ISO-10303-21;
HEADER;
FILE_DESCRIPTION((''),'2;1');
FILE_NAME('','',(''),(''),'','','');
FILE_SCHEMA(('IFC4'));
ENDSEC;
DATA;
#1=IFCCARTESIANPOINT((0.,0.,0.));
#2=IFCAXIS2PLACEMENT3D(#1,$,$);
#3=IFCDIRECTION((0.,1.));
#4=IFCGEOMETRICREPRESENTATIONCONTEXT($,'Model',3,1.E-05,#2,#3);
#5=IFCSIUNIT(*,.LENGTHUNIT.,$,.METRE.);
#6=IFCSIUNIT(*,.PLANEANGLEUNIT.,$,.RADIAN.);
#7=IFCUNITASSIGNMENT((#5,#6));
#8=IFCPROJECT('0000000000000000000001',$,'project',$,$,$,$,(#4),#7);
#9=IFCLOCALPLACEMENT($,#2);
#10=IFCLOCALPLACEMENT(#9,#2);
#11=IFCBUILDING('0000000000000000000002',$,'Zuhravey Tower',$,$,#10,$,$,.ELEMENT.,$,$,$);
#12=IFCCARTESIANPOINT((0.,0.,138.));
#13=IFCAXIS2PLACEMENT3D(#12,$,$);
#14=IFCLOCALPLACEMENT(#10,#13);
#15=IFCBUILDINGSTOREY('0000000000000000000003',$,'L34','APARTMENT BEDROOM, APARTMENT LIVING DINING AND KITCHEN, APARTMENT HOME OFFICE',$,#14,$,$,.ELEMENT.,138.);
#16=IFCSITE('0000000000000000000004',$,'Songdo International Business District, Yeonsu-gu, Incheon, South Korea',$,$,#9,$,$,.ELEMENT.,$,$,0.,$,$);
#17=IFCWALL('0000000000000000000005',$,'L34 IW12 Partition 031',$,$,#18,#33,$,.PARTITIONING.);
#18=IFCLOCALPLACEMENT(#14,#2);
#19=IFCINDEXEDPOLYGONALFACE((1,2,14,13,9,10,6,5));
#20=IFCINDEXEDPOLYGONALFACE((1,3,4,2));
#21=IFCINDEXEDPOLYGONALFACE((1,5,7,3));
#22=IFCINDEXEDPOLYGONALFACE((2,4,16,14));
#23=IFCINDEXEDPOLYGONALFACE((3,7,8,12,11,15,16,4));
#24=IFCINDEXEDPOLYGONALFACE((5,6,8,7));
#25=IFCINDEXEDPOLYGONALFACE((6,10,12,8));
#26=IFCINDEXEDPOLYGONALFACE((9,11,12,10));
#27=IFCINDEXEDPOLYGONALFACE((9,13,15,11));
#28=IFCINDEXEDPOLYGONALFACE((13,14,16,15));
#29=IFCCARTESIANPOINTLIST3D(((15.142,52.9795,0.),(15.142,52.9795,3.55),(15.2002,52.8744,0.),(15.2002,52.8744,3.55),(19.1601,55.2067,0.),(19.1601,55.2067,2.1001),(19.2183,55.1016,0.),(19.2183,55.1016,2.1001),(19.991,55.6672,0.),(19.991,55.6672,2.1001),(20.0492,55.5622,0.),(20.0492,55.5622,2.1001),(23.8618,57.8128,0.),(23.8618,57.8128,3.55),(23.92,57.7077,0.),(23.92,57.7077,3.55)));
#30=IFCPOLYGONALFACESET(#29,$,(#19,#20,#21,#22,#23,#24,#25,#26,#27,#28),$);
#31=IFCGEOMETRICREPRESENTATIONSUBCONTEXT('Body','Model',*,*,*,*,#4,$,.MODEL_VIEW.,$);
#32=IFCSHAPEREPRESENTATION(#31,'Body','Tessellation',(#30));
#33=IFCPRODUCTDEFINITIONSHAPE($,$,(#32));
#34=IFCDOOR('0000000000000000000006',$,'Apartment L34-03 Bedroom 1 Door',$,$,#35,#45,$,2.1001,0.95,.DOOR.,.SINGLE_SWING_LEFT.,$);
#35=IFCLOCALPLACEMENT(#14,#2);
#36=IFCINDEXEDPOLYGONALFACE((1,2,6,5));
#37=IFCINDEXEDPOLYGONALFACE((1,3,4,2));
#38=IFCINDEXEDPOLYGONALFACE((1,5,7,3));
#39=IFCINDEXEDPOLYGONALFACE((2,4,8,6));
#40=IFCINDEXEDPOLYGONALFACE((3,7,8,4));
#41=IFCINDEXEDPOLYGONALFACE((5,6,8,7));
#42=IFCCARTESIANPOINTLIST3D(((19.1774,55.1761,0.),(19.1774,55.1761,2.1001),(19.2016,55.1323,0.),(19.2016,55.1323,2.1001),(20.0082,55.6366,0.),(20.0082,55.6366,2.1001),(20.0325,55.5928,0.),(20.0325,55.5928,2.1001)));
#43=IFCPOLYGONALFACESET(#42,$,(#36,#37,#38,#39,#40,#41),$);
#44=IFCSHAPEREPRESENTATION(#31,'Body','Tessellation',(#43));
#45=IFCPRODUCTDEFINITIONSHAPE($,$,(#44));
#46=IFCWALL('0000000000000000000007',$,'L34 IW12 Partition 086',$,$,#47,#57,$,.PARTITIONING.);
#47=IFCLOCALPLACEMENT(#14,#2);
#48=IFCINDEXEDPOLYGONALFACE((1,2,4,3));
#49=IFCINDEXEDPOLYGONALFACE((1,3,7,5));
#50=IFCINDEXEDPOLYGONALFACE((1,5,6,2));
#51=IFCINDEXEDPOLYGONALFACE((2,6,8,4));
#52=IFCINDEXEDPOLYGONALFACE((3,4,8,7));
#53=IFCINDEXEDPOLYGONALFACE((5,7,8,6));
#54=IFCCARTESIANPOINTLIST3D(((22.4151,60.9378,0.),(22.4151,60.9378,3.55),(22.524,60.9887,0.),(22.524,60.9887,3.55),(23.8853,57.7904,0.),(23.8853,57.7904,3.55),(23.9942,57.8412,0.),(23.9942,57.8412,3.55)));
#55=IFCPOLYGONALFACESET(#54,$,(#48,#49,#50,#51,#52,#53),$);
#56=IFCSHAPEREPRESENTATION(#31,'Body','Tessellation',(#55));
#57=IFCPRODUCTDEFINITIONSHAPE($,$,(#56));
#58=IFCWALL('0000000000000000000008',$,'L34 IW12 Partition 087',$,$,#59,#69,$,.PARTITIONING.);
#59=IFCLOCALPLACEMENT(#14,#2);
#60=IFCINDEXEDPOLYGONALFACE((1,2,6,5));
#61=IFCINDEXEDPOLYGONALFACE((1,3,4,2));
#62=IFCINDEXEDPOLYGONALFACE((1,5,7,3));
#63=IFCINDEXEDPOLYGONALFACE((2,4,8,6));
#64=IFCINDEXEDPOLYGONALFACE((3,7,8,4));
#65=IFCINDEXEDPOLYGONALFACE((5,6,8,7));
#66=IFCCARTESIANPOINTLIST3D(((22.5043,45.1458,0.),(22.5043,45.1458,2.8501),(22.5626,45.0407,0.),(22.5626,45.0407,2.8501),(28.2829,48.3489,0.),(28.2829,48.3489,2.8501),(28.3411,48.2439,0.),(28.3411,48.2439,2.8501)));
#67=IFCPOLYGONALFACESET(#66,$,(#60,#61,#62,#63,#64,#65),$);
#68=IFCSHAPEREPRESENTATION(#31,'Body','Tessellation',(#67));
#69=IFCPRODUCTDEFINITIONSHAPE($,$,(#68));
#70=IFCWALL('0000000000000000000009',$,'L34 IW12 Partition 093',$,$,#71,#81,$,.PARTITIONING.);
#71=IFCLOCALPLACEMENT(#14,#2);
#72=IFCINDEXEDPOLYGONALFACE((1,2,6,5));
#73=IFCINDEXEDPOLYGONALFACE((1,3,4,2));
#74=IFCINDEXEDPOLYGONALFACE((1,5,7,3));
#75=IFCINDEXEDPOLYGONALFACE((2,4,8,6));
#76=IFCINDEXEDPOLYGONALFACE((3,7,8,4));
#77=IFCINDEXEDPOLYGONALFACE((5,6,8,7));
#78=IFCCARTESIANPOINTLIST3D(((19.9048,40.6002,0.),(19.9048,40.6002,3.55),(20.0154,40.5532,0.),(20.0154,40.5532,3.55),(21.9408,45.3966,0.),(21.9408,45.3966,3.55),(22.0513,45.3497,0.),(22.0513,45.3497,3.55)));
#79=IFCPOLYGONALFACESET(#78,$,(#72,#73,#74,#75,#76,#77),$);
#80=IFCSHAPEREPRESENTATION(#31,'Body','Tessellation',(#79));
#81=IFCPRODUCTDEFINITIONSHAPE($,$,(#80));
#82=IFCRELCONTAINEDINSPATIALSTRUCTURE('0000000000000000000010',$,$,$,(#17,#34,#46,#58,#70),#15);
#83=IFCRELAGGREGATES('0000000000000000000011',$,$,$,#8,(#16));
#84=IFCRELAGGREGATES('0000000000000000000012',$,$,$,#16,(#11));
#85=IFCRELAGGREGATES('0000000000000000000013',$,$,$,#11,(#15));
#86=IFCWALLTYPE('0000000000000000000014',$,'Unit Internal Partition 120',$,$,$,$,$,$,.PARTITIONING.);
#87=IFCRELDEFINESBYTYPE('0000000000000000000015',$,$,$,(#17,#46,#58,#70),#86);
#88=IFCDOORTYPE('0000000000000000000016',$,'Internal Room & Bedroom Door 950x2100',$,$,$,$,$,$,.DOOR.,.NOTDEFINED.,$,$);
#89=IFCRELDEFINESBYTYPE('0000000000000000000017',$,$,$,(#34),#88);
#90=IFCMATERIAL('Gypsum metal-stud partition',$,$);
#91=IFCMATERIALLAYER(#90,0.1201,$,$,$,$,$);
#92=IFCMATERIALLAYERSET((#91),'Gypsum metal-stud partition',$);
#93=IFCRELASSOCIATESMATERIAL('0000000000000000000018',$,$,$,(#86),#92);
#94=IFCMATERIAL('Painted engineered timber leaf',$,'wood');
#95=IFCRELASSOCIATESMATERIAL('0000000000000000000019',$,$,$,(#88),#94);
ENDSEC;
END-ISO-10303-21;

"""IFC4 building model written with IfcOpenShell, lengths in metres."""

from ifc_helpers import new_model, si_unit, direction, frame, frame_2d, origin, place, context, subcontext, project, spatial, rectangle, extrude, material, layer, layer_set, type_object, element, fill, save


model = new_model("IFC4")

# Units and contexts
model_context = context("Model", 3, precision=1e-05, world=origin(), true_north=direction((0.0, 1.0)))
body_context = subcontext(model_context, "Body", "Model", "MODEL_VIEW")
ifc_project = project(units=[si_unit("LENGTHUNIT", "METRE"), si_unit("PLANEANGLEUNIT", "RADIAN")], contexts=[model_context])

# Site, building, storey
site_placement = place(None, origin())
site = spatial("IfcSite", under=ifc_project, at=site_placement, Name="Songdo International Business District, Yeonsu-gu, Incheon, South Korea", CompositionType="ELEMENT", RefElevation=0.0)
building_placement = place(site_placement, origin())
building = spatial("IfcBuilding", under=site, at=building_placement, Name="Zuhravey Tower", CompositionType="ELEMENT")
storey_placement = place(building_placement, frame((0.0, 0.0, 138.0)))
storey = spatial("IfcBuildingStorey", under=building, at=storey_placement, Name="L34", Description="APARTMENT BEDROOM, APARTMENT LIVING DINING AND KITCHEN, APARTMENT HOME OFFICE", CompositionType="ELEMENT", Elevation=138.0)

# Wall, opening, door
ifc_material_1 = material(Name="Gypsum metal-stud partition")
ifc_layer_1 = layer(ifc_material_1, 0.1201)
ifc_layer_set_1 = layer_set([ifc_layer_1], Name="Gypsum metal-stud partition")
wall_type_1 = type_object("IfcWallType", Name="Unit Internal Partition 120", PredefinedType="PARTITIONING", material=ifc_layer_set_1)
ifc_material_2 = material(Name="Painted engineered timber leaf", Category="wood")
door_type_1 = type_object("IfcDoorType", Name="Internal Room & Bedroom Door 950x2100", OperationType="NOTDEFINED", PredefinedType="DOOR", material=ifc_material_2)
wall_1_placement = place(storey_placement, frame((23.8909, 57.7603, 0.0), z_axis=(0.0, 0.0, 1.0), x_axis=(-0.874627, -0.484796, 0.0)))
wall_1 = element("IfcWall", 1, at=wall_1_placement, inside=storey, type_object=wall_type_1, Name="L34 IW12 Partition 031", PredefinedType="PARTITIONING", context=body_context, shape_type="SweptSolid", body=[
    extrude(rectangle(XDim=9.9697, YDim=0.1201, at=frame_2d((4.9849, 0.0))), origin(), (0.0, 0.0, 1.0), 3.55),
])
opening_1_placement = place(wall_1_placement, frame((4.4255, 0.0, 0.0)))
opening_1 = element("IfcOpeningElement", 2, at=opening_1_placement, cuts=wall_1, PredefinedType="OPENING", context=body_context, shape_type="SweptSolid", body=[
    extrude(rectangle(XDim=0.95, YDim=2.1001, at=frame_2d((0.4751, 1.05))), frame((0.0, 0.072, 0.0), z_axis=(0.0, -1.0, 0.0), x_axis=(1.0, 0.0, 0.0)), (0.0, 0.0, 1.0), 0.144),
])
door_1_placement = place(opening_1_placement, frame((0.95, 0.0, 0.0), z_axis=(0.0, 0.0, 1.0), x_axis=(-1.0, 0.0, 0.0)))
door_1 = element("IfcDoor", 3, at=door_1_placement, inside=storey, type_object=door_type_1, Name="Apartment L34-03 Bedroom 1 Door", OperationType="SINGLE_SWING_LEFT", OverallHeight=2.1001, OverallWidth=0.95, PredefinedType="DOOR", context=body_context, shape_type="SweptSolid", body=[
    extrude(rectangle(XDim=0.95, YDim=2.1001, at=frame_2d((0.4751, 1.05))), frame((0.0, 0.0249, 0.0), z_axis=(0.0, -1.0, 0.0), x_axis=(1.0, 0.0, 0.0)), (0.0, 0.0, 1.0), 0.05),
])
fill(opening_1, door_1)

# Walls
wall_2_placement = place(storey_placement, frame((23.9397, 57.8159, 0.0), z_axis=(0.0, 0.0, 1.0), x_axis=(-0.423216, 0.906029, 0.0)))
element("IfcWall", 4, at=wall_2_placement, inside=storey, type_object=wall_type_1, Name="L34 IW12 Partition 086", PredefinedType="PARTITIONING", context=body_context, shape_type="SweptSolid", body=[
    extrude(rectangle(XDim=3.4739, YDim=0.1201, at=frame_2d((1.7368, 0.0))), origin(), (0.0, 0.0, 1.0), 3.55),
])
wall_3_placement = place(storey_placement, frame((28.312, 48.2964, 0.0), z_axis=(0.0, 0.0, 1.0), x_axis=(-0.874619, -0.484811, 0.0)))
element("IfcWall", 5, at=wall_3_placement, inside=storey, type_object=wall_type_1, Name="L34 IW12 Partition 087", PredefinedType="PARTITIONING", context=body_context, shape_type="SweptSolid", body=[
    extrude(rectangle(XDim=6.6069, YDim=0.1201, at=frame_2d((3.3035, 0.0))), origin(), (0.0, 0.0, 1.0), 2.8501),
])
wall_4_placement = place(storey_placement, frame((21.9961, 45.3733, 0.0), z_axis=(0.0, 0.0, 1.0), x_axis=(-0.390722, -0.920509, 0.0)))
element("IfcWall", 6, at=wall_4_placement, inside=storey, type_object=wall_type_1, Name="L34 IW12 Partition 093", PredefinedType="PARTITIONING", context=body_context, shape_type="SweptSolid", body=[
    extrude(rectangle(XDim=5.2107, YDim=0.1201, at=frame_2d((2.6055, 0.0))), origin(), (0.0, 0.0, 1.0), 3.55),
])

save(model, "model.ifc")
